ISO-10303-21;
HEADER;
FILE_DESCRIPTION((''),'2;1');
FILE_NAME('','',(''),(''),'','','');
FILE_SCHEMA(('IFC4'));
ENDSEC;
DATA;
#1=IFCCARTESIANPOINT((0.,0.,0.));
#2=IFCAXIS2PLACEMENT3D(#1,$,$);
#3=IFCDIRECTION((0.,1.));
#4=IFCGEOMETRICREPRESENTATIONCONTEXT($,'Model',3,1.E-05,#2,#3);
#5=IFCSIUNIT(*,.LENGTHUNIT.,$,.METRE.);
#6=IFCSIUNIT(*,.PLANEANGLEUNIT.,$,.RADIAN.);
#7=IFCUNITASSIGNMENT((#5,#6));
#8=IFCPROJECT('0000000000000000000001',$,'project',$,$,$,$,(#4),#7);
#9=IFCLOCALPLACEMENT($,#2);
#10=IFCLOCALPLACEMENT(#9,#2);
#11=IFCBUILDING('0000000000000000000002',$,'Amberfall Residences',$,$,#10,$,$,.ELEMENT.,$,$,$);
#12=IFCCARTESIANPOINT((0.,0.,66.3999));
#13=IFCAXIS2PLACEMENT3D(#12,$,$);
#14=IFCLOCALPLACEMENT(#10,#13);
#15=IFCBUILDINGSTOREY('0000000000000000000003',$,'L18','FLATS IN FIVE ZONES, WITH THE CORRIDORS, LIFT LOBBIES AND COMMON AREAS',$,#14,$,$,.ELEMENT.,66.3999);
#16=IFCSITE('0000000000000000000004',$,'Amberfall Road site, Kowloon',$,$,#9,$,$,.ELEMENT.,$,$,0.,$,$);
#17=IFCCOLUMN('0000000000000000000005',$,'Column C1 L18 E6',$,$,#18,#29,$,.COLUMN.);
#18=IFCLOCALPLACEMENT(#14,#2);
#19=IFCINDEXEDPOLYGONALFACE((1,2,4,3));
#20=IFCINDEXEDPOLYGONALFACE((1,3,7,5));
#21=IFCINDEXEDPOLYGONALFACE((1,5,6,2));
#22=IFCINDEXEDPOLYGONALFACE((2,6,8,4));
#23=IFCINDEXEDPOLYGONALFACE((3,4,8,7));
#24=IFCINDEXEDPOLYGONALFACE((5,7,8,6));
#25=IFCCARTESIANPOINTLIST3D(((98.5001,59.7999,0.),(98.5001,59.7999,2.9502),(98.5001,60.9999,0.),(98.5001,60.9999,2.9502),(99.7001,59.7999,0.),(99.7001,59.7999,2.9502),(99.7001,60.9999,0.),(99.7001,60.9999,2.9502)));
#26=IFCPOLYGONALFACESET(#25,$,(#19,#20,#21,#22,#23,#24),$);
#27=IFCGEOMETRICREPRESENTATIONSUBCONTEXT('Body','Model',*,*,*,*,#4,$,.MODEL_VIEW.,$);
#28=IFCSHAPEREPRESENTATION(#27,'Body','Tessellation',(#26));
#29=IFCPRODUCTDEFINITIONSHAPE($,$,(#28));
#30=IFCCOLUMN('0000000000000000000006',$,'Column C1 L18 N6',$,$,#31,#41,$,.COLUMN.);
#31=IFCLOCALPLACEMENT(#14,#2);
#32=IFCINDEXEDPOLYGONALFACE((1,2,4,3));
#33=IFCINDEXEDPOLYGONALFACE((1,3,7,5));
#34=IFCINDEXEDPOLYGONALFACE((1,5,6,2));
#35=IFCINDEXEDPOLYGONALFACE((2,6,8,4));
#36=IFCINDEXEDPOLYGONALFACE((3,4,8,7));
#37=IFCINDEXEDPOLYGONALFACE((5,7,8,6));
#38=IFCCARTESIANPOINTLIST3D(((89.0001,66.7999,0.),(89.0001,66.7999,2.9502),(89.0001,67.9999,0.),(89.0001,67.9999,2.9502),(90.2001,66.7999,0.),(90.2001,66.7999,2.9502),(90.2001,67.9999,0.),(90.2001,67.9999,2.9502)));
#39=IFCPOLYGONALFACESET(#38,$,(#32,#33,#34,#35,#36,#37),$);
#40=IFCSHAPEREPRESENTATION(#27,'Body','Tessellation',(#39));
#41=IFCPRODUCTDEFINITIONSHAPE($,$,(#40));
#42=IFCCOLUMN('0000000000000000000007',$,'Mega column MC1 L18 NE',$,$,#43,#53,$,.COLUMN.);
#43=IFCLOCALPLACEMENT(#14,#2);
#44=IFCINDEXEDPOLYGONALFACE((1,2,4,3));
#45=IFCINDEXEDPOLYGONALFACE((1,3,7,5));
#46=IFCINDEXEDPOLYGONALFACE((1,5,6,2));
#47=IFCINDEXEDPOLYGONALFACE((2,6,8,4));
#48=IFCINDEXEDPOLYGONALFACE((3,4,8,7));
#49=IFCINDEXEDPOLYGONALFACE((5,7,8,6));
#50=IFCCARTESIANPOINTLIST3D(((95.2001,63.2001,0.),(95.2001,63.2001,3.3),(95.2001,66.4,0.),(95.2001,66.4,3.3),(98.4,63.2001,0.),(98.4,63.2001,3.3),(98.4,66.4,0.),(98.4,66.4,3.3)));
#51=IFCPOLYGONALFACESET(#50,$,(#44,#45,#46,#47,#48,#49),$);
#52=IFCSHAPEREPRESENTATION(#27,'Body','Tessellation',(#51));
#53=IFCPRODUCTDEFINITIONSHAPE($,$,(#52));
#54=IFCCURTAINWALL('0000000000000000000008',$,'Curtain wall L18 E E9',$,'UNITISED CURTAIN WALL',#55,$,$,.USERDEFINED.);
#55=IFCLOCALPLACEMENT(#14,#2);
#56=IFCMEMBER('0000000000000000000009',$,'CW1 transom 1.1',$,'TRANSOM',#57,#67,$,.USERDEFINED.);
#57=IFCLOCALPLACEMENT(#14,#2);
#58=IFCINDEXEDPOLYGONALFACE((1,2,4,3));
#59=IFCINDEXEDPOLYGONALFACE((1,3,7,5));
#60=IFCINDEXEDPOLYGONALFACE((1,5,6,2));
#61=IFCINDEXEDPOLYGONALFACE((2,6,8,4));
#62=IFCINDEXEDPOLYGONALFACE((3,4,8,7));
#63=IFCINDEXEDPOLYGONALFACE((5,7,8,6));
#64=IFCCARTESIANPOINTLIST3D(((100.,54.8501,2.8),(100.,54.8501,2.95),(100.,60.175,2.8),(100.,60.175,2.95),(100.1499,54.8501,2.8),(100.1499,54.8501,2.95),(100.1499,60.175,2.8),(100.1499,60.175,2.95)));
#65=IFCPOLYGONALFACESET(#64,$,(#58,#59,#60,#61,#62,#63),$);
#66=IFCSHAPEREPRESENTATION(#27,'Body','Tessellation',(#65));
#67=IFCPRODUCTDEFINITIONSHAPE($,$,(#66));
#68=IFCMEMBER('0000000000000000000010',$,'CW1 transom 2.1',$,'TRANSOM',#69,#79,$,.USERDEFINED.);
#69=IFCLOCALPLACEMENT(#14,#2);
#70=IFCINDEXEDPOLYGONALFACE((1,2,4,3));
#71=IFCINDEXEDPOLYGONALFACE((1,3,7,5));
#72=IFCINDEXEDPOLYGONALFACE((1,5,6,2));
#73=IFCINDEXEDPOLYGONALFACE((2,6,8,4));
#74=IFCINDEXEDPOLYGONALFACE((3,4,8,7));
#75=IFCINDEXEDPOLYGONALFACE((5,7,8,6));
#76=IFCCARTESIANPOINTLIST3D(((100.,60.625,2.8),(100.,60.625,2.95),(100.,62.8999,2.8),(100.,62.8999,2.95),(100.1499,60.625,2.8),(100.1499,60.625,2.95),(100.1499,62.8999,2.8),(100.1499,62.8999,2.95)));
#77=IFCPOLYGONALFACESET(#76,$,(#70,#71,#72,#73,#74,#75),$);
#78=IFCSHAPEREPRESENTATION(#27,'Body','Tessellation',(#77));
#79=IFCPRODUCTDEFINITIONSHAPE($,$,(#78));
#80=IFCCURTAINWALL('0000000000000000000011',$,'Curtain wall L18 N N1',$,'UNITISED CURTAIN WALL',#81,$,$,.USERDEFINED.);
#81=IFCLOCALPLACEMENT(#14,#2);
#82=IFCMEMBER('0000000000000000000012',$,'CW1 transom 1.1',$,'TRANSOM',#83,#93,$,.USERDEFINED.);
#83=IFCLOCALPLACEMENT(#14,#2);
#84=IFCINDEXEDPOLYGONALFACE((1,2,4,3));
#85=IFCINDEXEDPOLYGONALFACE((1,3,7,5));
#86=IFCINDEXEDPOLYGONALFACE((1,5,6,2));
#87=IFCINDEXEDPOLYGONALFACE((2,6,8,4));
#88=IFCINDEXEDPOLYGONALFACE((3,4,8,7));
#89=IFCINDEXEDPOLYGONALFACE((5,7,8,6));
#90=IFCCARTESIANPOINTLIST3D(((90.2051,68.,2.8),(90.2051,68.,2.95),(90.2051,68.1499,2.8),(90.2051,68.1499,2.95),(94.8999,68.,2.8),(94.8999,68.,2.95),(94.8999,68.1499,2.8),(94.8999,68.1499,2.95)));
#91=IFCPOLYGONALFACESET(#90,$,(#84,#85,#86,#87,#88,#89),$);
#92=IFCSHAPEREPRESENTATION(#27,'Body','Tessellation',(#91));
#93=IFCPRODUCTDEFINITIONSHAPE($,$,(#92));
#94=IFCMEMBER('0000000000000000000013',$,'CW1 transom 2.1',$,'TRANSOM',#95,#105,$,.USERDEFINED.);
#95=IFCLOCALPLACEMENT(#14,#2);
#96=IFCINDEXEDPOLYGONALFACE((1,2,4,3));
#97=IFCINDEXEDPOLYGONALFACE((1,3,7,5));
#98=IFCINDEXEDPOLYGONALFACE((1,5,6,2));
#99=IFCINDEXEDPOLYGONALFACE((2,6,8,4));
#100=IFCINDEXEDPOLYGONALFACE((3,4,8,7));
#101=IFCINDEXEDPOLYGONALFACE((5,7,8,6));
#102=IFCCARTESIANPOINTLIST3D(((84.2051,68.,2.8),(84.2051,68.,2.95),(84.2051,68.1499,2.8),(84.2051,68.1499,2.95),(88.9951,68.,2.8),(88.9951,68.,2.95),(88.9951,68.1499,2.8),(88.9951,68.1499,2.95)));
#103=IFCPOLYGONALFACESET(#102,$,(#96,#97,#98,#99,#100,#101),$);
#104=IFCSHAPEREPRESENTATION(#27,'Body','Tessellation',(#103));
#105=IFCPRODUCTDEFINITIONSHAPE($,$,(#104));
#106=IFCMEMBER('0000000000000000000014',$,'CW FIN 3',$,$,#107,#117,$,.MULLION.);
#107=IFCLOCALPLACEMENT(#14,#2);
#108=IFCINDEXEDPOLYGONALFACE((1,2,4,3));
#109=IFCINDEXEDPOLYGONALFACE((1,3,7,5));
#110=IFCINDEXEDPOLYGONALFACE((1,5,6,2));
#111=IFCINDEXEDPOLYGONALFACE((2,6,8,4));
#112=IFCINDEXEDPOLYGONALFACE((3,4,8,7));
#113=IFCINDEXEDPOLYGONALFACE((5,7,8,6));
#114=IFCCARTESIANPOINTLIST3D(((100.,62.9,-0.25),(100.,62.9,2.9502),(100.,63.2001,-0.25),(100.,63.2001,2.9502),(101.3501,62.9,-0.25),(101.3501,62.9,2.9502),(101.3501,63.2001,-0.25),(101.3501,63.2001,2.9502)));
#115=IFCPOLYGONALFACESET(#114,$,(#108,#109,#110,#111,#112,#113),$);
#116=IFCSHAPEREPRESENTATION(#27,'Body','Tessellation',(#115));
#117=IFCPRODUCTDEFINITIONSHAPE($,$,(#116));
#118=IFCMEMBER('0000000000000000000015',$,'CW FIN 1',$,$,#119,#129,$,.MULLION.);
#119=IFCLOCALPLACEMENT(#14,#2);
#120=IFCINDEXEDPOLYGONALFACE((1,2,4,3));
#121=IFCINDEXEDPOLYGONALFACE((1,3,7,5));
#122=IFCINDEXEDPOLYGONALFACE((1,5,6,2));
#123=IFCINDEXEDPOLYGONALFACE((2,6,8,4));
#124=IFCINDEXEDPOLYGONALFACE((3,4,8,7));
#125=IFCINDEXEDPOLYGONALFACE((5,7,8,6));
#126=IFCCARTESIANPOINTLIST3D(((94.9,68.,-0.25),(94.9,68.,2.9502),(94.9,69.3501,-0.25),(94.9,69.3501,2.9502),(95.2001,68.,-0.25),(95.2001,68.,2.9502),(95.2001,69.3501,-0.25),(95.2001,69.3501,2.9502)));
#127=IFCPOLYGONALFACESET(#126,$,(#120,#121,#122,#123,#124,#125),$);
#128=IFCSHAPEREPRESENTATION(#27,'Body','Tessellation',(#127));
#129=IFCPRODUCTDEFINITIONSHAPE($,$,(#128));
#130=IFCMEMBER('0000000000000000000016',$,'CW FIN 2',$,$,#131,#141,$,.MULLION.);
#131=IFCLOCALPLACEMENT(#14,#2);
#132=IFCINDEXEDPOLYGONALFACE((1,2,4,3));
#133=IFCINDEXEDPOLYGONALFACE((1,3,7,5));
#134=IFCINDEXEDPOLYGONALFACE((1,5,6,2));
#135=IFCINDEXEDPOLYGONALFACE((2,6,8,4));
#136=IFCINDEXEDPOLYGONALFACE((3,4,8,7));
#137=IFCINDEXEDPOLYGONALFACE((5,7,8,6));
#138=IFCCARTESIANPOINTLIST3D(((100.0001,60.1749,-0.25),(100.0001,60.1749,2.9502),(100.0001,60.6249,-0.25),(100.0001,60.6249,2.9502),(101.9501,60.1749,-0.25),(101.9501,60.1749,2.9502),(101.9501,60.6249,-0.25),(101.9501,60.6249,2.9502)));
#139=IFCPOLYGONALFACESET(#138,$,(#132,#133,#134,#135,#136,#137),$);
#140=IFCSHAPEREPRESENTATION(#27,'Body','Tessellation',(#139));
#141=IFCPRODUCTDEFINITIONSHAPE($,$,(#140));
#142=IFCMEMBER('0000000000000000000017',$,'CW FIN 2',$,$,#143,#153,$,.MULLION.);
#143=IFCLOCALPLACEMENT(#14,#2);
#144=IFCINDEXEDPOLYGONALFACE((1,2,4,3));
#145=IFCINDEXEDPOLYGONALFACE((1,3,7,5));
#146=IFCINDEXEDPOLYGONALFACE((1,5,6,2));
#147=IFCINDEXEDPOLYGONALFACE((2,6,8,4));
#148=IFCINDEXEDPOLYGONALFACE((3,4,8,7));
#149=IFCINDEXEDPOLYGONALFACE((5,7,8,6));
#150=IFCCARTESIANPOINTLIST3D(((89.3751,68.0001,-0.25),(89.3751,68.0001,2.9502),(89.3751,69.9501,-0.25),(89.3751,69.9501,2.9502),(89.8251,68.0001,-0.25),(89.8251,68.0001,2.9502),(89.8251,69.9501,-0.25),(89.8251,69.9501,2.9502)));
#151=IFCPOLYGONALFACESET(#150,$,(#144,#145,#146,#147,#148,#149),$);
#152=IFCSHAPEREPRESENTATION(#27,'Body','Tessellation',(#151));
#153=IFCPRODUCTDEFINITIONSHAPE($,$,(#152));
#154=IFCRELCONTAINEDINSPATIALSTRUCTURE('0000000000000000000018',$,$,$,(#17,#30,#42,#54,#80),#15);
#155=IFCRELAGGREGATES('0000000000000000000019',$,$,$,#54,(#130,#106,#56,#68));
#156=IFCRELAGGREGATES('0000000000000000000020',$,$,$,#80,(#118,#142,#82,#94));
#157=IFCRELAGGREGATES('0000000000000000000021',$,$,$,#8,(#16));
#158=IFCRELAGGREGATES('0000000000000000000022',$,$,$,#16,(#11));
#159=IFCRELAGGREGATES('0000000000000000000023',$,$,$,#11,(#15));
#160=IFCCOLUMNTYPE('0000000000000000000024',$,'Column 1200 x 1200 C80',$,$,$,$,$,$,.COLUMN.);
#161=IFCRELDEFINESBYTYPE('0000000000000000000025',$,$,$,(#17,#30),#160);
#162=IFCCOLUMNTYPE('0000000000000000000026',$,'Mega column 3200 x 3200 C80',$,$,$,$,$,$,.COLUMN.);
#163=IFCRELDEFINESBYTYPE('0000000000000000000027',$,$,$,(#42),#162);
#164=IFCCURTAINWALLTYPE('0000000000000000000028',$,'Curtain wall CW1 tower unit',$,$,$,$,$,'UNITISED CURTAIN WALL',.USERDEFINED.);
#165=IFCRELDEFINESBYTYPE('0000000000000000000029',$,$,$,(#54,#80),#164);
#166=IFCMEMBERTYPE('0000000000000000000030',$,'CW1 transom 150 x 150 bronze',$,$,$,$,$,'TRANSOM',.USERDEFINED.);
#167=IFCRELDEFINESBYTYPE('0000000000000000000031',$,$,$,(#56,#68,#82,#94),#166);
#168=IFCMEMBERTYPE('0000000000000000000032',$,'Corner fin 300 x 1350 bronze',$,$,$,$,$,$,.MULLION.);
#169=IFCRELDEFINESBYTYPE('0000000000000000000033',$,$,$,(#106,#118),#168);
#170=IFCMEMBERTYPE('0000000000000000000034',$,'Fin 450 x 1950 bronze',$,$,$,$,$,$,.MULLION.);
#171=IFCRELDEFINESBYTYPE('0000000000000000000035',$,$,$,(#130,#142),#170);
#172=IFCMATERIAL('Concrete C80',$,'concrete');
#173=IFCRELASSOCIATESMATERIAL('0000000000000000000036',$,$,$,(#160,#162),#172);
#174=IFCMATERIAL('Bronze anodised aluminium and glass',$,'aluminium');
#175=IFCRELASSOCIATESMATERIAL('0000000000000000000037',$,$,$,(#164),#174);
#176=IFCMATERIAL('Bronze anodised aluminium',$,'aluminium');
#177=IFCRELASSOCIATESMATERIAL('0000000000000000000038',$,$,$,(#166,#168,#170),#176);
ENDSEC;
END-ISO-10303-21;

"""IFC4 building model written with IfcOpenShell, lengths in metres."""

from ifc_helpers import new_model, si_unit, direction, frame, origin, origin_2d, place, context, subcontext, project, spatial, rectangle, extrude, material, material_profile, profile_set, type_object, element, aggregate, save


model = new_model("IFC4")

# Units and contexts
model_context = context("Model", 3, precision=1e-05, world=origin(), true_north=direction((0.0, 1.0)))
body_context = subcontext(model_context, "Body", "Model", "MODEL_VIEW")
ifc_project = project(units=[si_unit("LENGTHUNIT", "METRE"), si_unit("PLANEANGLEUNIT", "RADIAN")], contexts=[model_context])

# Site, building, storey
site_placement = place(None, origin())
site = spatial("IfcSite", under=ifc_project, at=site_placement, Name="Amberfall Road site, Kowloon", CompositionType="ELEMENT", RefElevation=0.0)
building_placement = place(site_placement, origin())
building = spatial("IfcBuilding", under=site, at=building_placement, Name="Amberfall Residences", CompositionType="ELEMENT")
storey_placement = place(building_placement, frame((0.0, 0.0, 66.3999)))
storey = spatial("IfcBuildingStorey", under=building, at=storey_placement, Name="L18", Description="FLATS IN FIVE ZONES, WITH THE CORRIDORS, LIFT LOBBIES AND COMMON AREAS", CompositionType="ELEMENT", Elevation=66.3999)

# Columns
ifc_material_1 = material(Name="Concrete C80", Category="concrete")
ifc_material_profile_1 = material_profile(ifc_material_1, rectangle(XDim=1.2, YDim=1.2, at=origin_2d()), Name="Column 1200 x 1200 C80")
ifc_profile_set_1 = profile_set([ifc_material_profile_1], Name="Concrete C80")
column_type_1 = type_object("IfcColumnType", Name="Column 1200 x 1200 C80", PredefinedType="COLUMN", material=ifc_profile_set_1)
for number, where, z_axis, x_axis, name in (
    (1, (99.1001, 60.3999, 0.0), (0.0, 0.0, 1.0), (1.0, 0.0, 0.0), "Column C1 L18 E6"),
    (2, (89.6001, 67.3999, 0.0), (0.0, 0.0, 1.0), (1.0, 0.0, 0.0), "Column C1 L18 N6"),
):
    element("IfcColumn", number, at=place(storey_placement, frame(where, z_axis=z_axis, x_axis=x_axis)), inside=storey, type_object=column_type_1, Name=name, PredefinedType="COLUMN", context=body_context, shape_type="SweptSolid", body=[
        extrude(rectangle(XDim=1.2, YDim=1.2, at=origin_2d()), origin(), (0.0, 0.0, 1.0), 2.9502),
    ])
ifc_material_profile_2 = material_profile(ifc_material_1, rectangle(XDim=3.2, YDim=3.2, at=origin_2d()), Name="Mega column 3200 x 3200 C80")
ifc_profile_set_2 = profile_set([ifc_material_profile_2], Name="Concrete C80")
column_type_2 = type_object("IfcColumnType", Name="Mega column 3200 x 3200 C80", PredefinedType="COLUMN", material=ifc_profile_set_2)
column_placement = place(storey_placement, frame((96.8, 64.8, 0.0), z_axis=(0.0, 0.0, 1.0), x_axis=(1.0, 0.0, 0.0)))
element("IfcColumn", 3, at=column_placement, inside=storey, type_object=column_type_2, Name="Mega column MC1 L18 NE", PredefinedType="COLUMN", context=body_context, shape_type="SweptSolid", body=[
    extrude(rectangle(XDim=3.2, YDim=3.2, at=origin_2d()), origin(), (0.0, 0.0, 1.0), 3.3),
])

# Curtain walls, members
ifc_material_2 = material(Name="Bronze anodised aluminium and glass", Category="aluminium")
curtain_wall_type = type_object("IfcCurtainWallType", Name="Curtain wall CW1 tower unit", ElementType="UNITISED CURTAIN WALL", PredefinedType="USERDEFINED", material=ifc_material_2)
curtain_wall_1_placement = place(storey_placement, origin())
curtain_wall_1 = element("IfcCurtainWall", 4, at=curtain_wall_1_placement, inside=storey, type_object=curtain_wall_type, Name="Curtain wall L18 E E9", ObjectType="UNITISED CURTAIN WALL", PredefinedType="USERDEFINED")
ifc_material_3 = material(Name="Bronze anodised aluminium", Category="aluminium")
ifc_material_profile_3 = material_profile(ifc_material_3, rectangle(XDim=0.1499, YDim=0.1499, at=origin_2d()), Name="CW1 transom 150 x 150 bronze")
ifc_profile_set_3 = profile_set([ifc_material_profile_3], Name="Bronze anodised aluminium")
member_type_1 = type_object("IfcMemberType", Name="CW1 transom 150 x 150 bronze", ElementType="TRANSOM", PredefinedType="USERDEFINED", material=ifc_profile_set_3)
member_1_placement = place(storey_placement, frame((100.075, 54.8501, 2.875), z_axis=(0.0, 1.0, 0.0), x_axis=(-1.0, 0.0, 0.0)))
member_1 = element("IfcMember", 5, at=member_1_placement, type_object=member_type_1, Name="CW1 transom 1.1", ObjectType="TRANSOM", PredefinedType="USERDEFINED", context=body_context, shape_type="SweptSolid", body=[
    extrude(rectangle(XDim=0.1499, YDim=0.1499, at=origin_2d()), origin(), (0.0, 0.0, 1.0), 5.325),
])
member_2_placement = place(storey_placement, frame((100.075, 60.625, 2.875), z_axis=(0.0, 1.0, 0.0), x_axis=(-1.0, 0.0, 0.0)))
member_2 = element("IfcMember", 6, at=member_2_placement, type_object=member_type_1, Name="CW1 transom 2.1", ObjectType="TRANSOM", PredefinedType="USERDEFINED", context=body_context, shape_type="SweptSolid", body=[
    extrude(rectangle(XDim=0.1499, YDim=0.1499, at=origin_2d()), origin(), (0.0, 0.0, 1.0), 2.2749),
])
curtain_wall_2_placement = place(storey_placement, origin())
curtain_wall_2 = element("IfcCurtainWall", 7, at=curtain_wall_2_placement, inside=storey, type_object=curtain_wall_type, Name="Curtain wall L18 N N1", ObjectType="UNITISED CURTAIN WALL", PredefinedType="USERDEFINED")
member_3_placement = place(storey_placement, frame((94.8999, 68.075, 2.875), z_axis=(-1.0, 0.0, 0.0), x_axis=(0.0, -1.0, 0.0)))
member_3 = element("IfcMember", 8, at=member_3_placement, type_object=member_type_1, Name="CW1 transom 1.1", ObjectType="TRANSOM", PredefinedType="USERDEFINED", context=body_context, shape_type="SweptSolid", body=[
    extrude(rectangle(XDim=0.1499, YDim=0.1499, at=origin_2d()), origin(), (0.0, 0.0, 1.0), 4.6948),
])
member_4_placement = place(storey_placement, frame((88.9951, 68.075, 2.875), z_axis=(-1.0, 0.0, 0.0), x_axis=(0.0, -1.0, 0.0)))
member_4 = element("IfcMember", 9, at=member_4_placement, type_object=member_type_1, Name="CW1 transom 2.1", ObjectType="TRANSOM", PredefinedType="USERDEFINED", context=body_context, shape_type="SweptSolid", body=[
    extrude(rectangle(XDim=0.1499, YDim=0.1499, at=origin_2d()), origin(), (0.0, 0.0, 1.0), 4.79),
])

# Members
ifc_material_profile_4 = material_profile(ifc_material_3, rectangle(XDim=1.3501, YDim=0.3, at=origin_2d()), Name="Corner fin 300 x 1350 bronze")
ifc_profile_set_4 = profile_set([ifc_material_profile_4], Name="Bronze anodised aluminium")
member_type_2 = type_object("IfcMemberType", Name="Corner fin 300 x 1350 bronze", PredefinedType="MULLION", material=ifc_profile_set_4)
member_5_placement = place(storey_placement, frame((100.675, 63.05, -0.25), z_axis=(0.0, 0.0, 1.0), x_axis=(-1.0, 0.0, 0.0)))
member_5 = element("IfcMember", 10, at=member_5_placement, type_object=member_type_2, Name="CW FIN 3", PredefinedType="MULLION", context=body_context, shape_type="SweptSolid", body=[
    extrude(rectangle(XDim=1.3501, YDim=0.3, at=origin_2d()), origin(), (0.0, 0.0, 1.0), 3.2002),
])
member_6_placement = place(storey_placement, frame((95.05, 68.675, -0.25), z_axis=(0.0, 0.0, 1.0), x_axis=(0.0, -1.0, 0.0)))
member_6 = element("IfcMember", 11, at=member_6_placement, type_object=member_type_2, Name="CW FIN 1", PredefinedType="MULLION", context=body_context, shape_type="SweptSolid", body=[
    extrude(rectangle(XDim=1.3501, YDim=0.3, at=origin_2d()), origin(), (0.0, 0.0, 1.0), 3.2002),
])
ifc_material_profile_5 = material_profile(ifc_material_3, rectangle(XDim=1.95, YDim=0.45, at=origin_2d()), Name="Fin 450 x 1950 bronze")
ifc_profile_set_5 = profile_set([ifc_material_profile_5], Name="Bronze anodised aluminium")
member_type_3 = type_object("IfcMemberType", Name="Fin 450 x 1950 bronze", PredefinedType="MULLION", material=ifc_profile_set_5)
member_7_placement = place(storey_placement, frame((100.9751, 60.3999, -0.25), z_axis=(0.0, 0.0, 1.0), x_axis=(-1.0, 0.0, 0.0)))
member_7 = element("IfcMember", 12, at=member_7_placement, type_object=member_type_3, Name="CW FIN 2", PredefinedType="MULLION", context=body_context, shape_type="SweptSolid", body=[
    extrude(rectangle(XDim=1.95, YDim=0.45, at=origin_2d()), origin(), (0.0, 0.0, 1.0), 3.2002),
])
member_8_placement = place(storey_placement, frame((89.6001, 68.9751, -0.25), z_axis=(0.0, 0.0, 1.0), x_axis=(0.0, -1.0, 0.0)))
member_8 = element("IfcMember", 13, at=member_8_placement, type_object=member_type_3, Name="CW FIN 2", PredefinedType="MULLION", context=body_context, shape_type="SweptSolid", body=[
    extrude(rectangle(XDim=1.95, YDim=0.45, at=origin_2d()), origin(), (0.0, 0.0, 1.0), 3.2002),
])

aggregate(curtain_wall_1, [member_7, member_5, member_1, member_2])
aggregate(curtain_wall_2, [member_6, member_8, member_3, member_4])

save(model, "model.ifc")
